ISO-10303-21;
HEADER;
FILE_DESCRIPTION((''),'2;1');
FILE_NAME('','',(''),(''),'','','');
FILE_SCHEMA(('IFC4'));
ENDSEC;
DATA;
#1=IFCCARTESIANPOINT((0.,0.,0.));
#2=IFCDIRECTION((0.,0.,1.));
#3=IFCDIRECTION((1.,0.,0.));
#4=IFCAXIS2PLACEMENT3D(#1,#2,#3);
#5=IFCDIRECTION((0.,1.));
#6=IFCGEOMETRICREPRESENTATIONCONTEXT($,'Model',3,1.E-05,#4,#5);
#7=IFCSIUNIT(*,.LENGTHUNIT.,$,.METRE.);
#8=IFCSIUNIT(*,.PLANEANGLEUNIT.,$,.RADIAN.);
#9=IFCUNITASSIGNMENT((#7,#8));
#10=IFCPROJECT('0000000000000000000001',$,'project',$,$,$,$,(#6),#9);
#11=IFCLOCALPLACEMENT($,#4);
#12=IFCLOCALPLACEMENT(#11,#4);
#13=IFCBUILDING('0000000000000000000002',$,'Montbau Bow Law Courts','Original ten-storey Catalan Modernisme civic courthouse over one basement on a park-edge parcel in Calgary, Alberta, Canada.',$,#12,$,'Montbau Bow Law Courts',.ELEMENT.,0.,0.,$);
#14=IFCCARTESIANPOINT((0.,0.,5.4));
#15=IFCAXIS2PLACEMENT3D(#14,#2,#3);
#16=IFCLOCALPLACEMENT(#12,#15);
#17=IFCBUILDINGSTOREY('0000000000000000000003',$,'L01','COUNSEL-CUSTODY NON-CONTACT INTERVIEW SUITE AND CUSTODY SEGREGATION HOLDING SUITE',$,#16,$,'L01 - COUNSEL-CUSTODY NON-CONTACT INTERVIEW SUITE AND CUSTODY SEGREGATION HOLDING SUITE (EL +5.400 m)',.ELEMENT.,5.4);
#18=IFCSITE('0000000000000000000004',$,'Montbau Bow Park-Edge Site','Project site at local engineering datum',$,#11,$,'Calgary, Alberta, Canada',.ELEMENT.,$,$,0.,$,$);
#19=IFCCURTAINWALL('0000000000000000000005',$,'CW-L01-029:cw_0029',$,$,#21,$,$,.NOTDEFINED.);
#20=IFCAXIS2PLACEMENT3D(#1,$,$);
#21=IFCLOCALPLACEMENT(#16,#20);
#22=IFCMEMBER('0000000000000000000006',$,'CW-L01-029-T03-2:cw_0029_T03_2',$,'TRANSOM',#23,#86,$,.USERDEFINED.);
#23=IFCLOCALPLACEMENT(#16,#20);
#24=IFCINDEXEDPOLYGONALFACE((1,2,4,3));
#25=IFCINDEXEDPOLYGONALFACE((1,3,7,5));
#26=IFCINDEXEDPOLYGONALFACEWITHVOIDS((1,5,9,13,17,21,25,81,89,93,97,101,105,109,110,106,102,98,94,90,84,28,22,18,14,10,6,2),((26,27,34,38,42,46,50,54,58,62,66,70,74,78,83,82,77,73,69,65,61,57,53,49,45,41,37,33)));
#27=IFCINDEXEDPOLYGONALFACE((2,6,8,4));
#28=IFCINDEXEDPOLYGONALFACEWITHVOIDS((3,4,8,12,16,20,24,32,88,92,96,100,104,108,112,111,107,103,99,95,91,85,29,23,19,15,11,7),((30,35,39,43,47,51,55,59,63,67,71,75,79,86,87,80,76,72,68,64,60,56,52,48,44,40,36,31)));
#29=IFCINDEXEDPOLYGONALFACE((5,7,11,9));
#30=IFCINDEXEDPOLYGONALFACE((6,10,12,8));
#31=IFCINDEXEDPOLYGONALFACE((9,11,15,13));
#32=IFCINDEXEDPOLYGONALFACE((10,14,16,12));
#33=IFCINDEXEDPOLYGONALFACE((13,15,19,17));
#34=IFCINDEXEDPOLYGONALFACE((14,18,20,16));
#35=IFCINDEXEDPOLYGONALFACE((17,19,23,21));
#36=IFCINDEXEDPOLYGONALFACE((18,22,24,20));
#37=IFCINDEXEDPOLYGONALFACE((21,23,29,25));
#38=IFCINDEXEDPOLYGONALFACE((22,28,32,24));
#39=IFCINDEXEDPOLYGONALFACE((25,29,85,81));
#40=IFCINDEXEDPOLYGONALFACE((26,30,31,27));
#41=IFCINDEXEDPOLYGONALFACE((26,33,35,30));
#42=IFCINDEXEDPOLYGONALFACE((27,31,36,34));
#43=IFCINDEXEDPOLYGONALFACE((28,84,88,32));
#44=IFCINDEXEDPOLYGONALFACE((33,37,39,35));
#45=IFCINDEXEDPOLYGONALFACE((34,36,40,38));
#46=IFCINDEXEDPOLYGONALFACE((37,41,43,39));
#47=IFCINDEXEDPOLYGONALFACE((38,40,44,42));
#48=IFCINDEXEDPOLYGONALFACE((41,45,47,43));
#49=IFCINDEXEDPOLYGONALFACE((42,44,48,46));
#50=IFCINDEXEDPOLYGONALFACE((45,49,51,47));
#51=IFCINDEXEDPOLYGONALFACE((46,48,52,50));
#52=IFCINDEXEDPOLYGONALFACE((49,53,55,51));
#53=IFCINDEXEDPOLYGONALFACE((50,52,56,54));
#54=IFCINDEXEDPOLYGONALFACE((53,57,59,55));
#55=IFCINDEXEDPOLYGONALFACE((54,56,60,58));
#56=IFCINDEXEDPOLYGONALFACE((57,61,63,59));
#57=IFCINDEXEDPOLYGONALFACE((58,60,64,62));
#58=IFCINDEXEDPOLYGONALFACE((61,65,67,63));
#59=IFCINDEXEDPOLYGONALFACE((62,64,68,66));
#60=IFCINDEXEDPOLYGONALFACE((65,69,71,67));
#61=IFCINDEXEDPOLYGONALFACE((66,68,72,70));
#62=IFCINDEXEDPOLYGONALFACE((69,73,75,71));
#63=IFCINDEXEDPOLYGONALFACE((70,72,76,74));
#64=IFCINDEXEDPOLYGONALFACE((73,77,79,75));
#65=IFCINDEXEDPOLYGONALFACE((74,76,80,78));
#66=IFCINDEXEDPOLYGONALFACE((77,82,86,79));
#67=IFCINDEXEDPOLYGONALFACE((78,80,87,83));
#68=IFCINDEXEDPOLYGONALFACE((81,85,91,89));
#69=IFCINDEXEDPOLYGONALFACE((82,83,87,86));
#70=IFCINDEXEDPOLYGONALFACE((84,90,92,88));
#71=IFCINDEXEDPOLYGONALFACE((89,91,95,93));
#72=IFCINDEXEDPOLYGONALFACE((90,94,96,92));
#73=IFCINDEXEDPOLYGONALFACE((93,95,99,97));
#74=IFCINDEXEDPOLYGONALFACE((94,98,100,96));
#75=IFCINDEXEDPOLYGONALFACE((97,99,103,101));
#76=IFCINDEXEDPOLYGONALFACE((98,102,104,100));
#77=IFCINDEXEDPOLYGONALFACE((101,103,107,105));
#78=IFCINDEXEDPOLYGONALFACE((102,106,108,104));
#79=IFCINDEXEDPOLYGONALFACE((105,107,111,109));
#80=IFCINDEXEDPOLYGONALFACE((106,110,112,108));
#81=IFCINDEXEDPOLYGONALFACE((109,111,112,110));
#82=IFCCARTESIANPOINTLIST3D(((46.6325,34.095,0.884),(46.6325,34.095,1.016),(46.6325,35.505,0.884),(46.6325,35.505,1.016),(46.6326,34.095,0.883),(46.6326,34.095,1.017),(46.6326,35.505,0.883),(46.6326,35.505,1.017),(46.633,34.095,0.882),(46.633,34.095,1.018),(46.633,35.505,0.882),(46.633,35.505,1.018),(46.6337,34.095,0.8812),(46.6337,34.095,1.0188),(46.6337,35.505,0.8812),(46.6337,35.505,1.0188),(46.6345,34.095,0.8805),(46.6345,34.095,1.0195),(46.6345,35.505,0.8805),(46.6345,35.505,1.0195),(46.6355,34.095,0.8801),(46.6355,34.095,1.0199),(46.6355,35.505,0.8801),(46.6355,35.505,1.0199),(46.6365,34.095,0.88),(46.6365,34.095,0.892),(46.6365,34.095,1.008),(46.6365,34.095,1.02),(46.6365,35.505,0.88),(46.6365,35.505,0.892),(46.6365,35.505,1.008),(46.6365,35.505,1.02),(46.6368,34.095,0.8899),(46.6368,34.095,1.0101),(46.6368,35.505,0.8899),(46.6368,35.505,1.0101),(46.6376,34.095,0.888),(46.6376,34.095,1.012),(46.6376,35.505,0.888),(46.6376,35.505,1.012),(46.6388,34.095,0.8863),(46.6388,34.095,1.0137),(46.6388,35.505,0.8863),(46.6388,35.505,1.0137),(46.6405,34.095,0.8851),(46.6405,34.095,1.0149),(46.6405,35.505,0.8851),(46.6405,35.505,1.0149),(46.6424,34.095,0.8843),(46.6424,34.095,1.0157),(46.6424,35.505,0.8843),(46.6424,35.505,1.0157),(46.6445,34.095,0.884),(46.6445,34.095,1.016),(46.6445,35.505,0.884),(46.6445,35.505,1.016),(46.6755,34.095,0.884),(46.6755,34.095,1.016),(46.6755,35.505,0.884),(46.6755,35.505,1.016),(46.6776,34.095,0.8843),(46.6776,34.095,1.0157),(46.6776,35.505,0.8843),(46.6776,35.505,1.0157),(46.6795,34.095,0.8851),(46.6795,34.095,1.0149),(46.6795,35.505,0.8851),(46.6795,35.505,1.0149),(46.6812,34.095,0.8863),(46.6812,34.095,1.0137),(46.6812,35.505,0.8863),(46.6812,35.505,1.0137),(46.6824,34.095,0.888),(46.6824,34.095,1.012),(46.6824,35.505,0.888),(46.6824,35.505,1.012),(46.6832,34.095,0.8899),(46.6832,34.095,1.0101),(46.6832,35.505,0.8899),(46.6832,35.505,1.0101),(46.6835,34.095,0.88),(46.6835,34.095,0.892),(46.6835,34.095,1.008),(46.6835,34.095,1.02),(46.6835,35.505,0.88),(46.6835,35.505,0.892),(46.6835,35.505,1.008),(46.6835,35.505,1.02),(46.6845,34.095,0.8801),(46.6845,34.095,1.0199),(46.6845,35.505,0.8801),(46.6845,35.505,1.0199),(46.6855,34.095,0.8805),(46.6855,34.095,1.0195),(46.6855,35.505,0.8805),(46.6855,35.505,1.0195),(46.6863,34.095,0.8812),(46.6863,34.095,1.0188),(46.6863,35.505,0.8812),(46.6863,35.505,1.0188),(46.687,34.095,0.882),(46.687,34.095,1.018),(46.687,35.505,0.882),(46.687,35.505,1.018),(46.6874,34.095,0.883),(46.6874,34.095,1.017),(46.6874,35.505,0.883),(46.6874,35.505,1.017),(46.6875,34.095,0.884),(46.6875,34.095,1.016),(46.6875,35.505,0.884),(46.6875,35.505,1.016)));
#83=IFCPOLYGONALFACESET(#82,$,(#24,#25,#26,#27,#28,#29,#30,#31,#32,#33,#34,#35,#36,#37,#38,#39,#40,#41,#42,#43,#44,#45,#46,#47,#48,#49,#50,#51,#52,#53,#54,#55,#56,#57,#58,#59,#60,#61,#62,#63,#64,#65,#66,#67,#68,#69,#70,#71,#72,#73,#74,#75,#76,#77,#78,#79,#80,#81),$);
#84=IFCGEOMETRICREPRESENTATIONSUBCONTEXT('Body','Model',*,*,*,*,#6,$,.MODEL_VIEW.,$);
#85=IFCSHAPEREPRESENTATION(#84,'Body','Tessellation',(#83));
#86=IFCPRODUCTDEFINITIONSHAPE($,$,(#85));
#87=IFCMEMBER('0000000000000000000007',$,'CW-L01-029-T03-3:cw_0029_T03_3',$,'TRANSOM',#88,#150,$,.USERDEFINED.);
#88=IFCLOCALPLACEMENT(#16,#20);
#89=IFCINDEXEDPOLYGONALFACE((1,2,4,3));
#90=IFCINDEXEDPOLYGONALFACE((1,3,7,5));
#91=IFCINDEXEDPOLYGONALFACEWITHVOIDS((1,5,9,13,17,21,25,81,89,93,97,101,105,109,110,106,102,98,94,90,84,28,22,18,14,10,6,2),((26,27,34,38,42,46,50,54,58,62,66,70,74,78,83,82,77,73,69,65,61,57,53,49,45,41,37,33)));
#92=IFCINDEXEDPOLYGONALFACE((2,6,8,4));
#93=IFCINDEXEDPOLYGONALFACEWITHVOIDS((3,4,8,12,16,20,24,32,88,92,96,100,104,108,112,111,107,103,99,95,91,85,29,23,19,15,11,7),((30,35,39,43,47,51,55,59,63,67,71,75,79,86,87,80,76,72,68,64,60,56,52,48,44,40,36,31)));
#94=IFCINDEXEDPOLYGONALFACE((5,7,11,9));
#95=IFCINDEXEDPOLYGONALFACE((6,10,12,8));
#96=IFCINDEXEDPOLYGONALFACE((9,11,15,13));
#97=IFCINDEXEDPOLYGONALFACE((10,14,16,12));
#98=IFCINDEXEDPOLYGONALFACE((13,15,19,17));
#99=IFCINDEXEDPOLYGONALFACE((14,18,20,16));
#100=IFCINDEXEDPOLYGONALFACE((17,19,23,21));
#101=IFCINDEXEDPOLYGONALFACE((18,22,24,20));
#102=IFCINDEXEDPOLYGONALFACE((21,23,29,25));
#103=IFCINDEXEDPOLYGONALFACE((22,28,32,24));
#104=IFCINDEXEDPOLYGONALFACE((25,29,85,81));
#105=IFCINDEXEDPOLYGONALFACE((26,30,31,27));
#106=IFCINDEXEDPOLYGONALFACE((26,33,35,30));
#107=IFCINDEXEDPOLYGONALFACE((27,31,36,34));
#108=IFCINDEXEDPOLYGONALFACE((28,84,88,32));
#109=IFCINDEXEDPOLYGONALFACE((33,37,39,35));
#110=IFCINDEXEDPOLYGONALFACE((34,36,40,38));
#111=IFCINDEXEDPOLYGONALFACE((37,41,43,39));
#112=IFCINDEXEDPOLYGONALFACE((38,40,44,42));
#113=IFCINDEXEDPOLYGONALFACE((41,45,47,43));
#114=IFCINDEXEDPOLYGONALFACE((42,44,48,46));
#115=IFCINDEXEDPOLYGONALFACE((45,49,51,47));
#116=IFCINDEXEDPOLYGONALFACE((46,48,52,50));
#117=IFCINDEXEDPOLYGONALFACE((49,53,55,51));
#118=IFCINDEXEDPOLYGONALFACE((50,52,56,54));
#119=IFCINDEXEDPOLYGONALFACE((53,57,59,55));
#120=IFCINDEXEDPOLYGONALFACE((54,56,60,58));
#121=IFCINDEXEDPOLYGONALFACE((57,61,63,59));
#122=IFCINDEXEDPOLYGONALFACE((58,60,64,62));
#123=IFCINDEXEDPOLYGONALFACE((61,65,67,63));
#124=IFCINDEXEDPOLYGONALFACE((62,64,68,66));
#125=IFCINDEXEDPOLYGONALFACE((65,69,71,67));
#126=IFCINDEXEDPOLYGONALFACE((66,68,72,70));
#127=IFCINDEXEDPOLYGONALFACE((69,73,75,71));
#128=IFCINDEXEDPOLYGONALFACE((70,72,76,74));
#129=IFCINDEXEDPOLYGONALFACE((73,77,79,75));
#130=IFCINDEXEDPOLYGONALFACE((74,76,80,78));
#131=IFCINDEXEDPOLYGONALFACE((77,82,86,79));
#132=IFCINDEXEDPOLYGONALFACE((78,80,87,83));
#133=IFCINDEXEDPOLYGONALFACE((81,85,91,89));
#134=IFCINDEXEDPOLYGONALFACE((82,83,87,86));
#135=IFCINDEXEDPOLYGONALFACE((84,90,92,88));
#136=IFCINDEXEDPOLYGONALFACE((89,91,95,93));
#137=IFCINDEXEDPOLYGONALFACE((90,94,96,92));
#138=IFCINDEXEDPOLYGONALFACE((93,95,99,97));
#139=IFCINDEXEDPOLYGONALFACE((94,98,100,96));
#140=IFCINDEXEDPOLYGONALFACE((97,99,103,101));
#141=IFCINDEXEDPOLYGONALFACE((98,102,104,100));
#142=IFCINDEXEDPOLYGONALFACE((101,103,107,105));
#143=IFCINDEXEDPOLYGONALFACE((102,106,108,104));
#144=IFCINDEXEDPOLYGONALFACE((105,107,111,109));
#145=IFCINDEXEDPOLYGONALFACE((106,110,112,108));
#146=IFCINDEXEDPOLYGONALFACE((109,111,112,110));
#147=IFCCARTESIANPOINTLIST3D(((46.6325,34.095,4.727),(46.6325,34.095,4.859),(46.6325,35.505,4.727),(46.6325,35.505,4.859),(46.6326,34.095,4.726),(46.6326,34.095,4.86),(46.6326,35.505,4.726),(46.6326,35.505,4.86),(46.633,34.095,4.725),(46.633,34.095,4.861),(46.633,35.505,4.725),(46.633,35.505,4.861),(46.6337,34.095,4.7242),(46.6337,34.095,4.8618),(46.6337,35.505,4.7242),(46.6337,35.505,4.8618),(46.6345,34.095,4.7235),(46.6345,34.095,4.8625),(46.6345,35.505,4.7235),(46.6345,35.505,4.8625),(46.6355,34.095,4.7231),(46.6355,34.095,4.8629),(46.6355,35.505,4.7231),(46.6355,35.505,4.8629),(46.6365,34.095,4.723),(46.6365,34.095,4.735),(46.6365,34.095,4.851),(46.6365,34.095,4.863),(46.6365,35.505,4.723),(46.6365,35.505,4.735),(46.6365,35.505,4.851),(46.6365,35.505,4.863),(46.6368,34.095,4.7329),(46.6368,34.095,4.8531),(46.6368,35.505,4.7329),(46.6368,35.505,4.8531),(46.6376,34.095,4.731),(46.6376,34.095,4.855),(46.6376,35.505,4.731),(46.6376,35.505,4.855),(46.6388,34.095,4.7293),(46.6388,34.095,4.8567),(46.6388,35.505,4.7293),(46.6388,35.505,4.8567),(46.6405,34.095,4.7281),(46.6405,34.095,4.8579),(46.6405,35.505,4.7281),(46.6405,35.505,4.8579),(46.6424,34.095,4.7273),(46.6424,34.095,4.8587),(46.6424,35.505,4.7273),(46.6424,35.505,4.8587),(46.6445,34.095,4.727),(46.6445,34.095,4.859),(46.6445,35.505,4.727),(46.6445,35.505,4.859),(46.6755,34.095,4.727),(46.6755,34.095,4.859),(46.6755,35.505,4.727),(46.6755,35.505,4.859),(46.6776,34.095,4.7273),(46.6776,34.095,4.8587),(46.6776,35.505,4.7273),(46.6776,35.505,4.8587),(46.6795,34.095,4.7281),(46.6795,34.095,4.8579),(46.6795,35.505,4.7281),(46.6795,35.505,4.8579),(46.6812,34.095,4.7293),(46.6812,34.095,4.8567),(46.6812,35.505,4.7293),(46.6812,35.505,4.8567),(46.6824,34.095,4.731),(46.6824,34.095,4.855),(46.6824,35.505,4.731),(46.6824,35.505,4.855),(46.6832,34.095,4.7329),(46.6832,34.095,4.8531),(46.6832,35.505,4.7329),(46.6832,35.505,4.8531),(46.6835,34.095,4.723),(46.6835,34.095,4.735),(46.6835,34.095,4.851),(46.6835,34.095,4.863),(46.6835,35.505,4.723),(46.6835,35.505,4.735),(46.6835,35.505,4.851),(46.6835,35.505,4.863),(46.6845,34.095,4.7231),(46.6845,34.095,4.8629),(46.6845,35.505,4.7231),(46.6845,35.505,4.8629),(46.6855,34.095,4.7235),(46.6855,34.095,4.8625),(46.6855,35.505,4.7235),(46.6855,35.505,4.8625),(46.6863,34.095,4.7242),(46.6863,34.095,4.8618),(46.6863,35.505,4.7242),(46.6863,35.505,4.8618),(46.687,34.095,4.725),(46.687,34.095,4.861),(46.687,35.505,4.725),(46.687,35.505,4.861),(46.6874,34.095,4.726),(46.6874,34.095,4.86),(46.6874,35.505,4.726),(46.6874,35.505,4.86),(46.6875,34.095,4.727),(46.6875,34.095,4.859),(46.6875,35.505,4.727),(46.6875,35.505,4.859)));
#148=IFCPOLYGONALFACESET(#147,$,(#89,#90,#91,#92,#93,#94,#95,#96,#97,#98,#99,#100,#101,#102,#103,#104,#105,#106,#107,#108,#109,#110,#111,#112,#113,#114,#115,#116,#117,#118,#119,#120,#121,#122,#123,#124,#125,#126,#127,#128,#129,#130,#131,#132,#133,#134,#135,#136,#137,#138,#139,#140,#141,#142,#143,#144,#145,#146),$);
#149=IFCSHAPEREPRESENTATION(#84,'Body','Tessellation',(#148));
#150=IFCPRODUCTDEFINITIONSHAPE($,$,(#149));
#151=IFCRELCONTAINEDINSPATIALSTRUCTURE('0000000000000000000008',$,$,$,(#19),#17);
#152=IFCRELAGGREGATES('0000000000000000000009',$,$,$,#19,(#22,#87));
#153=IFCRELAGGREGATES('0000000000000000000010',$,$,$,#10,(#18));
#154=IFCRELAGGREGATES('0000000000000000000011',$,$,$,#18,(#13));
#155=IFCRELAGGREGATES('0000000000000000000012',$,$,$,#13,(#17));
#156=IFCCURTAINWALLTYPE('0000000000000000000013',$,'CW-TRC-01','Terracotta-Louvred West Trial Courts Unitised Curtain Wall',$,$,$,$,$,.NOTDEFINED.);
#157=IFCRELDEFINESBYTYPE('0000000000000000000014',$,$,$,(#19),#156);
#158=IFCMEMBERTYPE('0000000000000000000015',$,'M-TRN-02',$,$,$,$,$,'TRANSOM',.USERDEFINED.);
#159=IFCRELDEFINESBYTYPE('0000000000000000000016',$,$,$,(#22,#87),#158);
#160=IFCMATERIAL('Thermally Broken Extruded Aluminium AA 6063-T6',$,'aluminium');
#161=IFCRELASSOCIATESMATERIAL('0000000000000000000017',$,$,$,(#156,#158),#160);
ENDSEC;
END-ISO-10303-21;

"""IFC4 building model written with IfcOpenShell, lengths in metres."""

from ifc_helpers import new_model, si_unit, direction, frame, origin_with_axes, origin_2d_with_axis, place, context, subcontext, project, spatial, hollow_rectangle, extrude, material, material_profile, profile_set, type_object, element, aggregate, save


model = new_model("IFC4")

# Units and contexts
model_context = context("Model", 3, precision=1e-05, world=origin_with_axes(), true_north=direction((0.0, 1.0)))
body_context = subcontext(model_context, "Body", "Model", "MODEL_VIEW")
ifc_project = project(units=[si_unit("LENGTHUNIT", "METRE"), si_unit("PLANEANGLEUNIT", "RADIAN")], contexts=[model_context])

# Site, building, storey
site_placement = place(None, origin_with_axes())
site = spatial("IfcSite", under=ifc_project, at=site_placement, Name="Montbau Bow Park-Edge Site", Description="Project site at local engineering datum", LongName="Calgary, Alberta, Canada", CompositionType="ELEMENT", RefElevation=0.0)
building_placement = place(site_placement, origin_with_axes())
building = spatial("IfcBuilding", under=site, at=building_placement, Name="Montbau Bow Law Courts", Description="Original ten-storey Catalan Modernisme civic courthouse over one basement on a park-edge parcel in Calgary, Alberta, Canada.", LongName="Montbau Bow Law Courts", CompositionType="ELEMENT", ElevationOfRefHeight=0.0, ElevationOfTerrain=0.0)
storey_placement = place(building_placement, frame((0.0, 0.0, 5.4), z_axis=(0.0, 0.0, 1.0), x_axis=(1.0, 0.0, 0.0)))
storey = spatial("IfcBuildingStorey", under=building, at=storey_placement, Name="L01", Description="COUNSEL-CUSTODY NON-CONTACT INTERVIEW SUITE AND CUSTODY SEGREGATION HOLDING SUITE", LongName="L01 - COUNSEL-CUSTODY NON-CONTACT INTERVIEW SUITE AND CUSTODY SEGREGATION HOLDING SUITE (EL +5.400 m)", CompositionType="ELEMENT", Elevation=5.4)

# Curtain wall, members
ifc_material_1 = material(Name="Thermally Broken Extruded Aluminium AA 6063-T6", Category="aluminium")
curtain_wall_type = type_object("IfcCurtainWallType", Name="CW-TRC-01", Description="Terracotta-Louvred West Trial Courts Unitised Curtain Wall", PredefinedType="NOTDEFINED", material=ifc_material_1)
curtain_wall_placement = place(None, frame((46.66, 31.115, 5.4), z_axis=(0.0, 0.0, 1.0), x_axis=(1.0, 0.0, 0.0)))
curtain_wall = element("IfcCurtainWall", 1, at=curtain_wall_placement, inside=storey, type_object=curtain_wall_type, Name="CW-L01-029:cw_0029", PredefinedType="NOTDEFINED")
ifc_material_profile = material_profile(ifc_material_1, hollow_rectangle(XDim=0.055, YDim=0.14, WallThickness=0.004, InnerFilletRadius=0.008, OuterFilletRadius=0.004, at=origin_2d_with_axis()), Name="CWT-140X55", Category="Main", Priority=0)
ifc_profile_set = profile_set([ifc_material_profile], Name="Thermally Broken Extruded Aluminium AA 6063-T6")
member_type = type_object("IfcMemberType", Name="M-TRN-02", ElementType="TRANSOM", PredefinedType="USERDEFINED", material=ifc_profile_set)
member_1_placement = place(None, frame((46.66, 34.095, 6.35), z_axis=(0.0, 1.0, 0.0), x_axis=(-1.0, 0.0, 0.0)))
member_1 = element("IfcMember", 2, at=member_1_placement, type_object=member_type, Name="CW-L01-029-T03-2:cw_0029_T03_2", ObjectType="TRANSOM", PredefinedType="USERDEFINED", context=body_context, shape_type="SweptSolid", body=[
    extrude(hollow_rectangle(XDim=0.055, YDim=0.14, WallThickness=0.004, InnerFilletRadius=0.008, OuterFilletRadius=0.004, at=origin_2d_with_axis()), origin_with_axes(), (0.0, 0.0, 1.0), 1.41),
])
member_2_placement = place(None, frame((46.66, 34.095, 10.193), z_axis=(0.0, 1.0, 0.0), x_axis=(-1.0, 0.0, 0.0)))
member_2 = element("IfcMember", 3, at=member_2_placement, type_object=member_type, Name="CW-L01-029-T03-3:cw_0029_T03_3", ObjectType="TRANSOM", PredefinedType="USERDEFINED", context=body_context, shape_type="SweptSolid", body=[
    extrude(hollow_rectangle(XDim=0.055, YDim=0.14, WallThickness=0.004, InnerFilletRadius=0.008, OuterFilletRadius=0.004, at=origin_2d_with_axis()), origin_with_axes(), (0.0, 0.0, 1.0), 1.41),
])
aggregate(curtain_wall, [member_1, member_2])

save(model, "model.ifc")
